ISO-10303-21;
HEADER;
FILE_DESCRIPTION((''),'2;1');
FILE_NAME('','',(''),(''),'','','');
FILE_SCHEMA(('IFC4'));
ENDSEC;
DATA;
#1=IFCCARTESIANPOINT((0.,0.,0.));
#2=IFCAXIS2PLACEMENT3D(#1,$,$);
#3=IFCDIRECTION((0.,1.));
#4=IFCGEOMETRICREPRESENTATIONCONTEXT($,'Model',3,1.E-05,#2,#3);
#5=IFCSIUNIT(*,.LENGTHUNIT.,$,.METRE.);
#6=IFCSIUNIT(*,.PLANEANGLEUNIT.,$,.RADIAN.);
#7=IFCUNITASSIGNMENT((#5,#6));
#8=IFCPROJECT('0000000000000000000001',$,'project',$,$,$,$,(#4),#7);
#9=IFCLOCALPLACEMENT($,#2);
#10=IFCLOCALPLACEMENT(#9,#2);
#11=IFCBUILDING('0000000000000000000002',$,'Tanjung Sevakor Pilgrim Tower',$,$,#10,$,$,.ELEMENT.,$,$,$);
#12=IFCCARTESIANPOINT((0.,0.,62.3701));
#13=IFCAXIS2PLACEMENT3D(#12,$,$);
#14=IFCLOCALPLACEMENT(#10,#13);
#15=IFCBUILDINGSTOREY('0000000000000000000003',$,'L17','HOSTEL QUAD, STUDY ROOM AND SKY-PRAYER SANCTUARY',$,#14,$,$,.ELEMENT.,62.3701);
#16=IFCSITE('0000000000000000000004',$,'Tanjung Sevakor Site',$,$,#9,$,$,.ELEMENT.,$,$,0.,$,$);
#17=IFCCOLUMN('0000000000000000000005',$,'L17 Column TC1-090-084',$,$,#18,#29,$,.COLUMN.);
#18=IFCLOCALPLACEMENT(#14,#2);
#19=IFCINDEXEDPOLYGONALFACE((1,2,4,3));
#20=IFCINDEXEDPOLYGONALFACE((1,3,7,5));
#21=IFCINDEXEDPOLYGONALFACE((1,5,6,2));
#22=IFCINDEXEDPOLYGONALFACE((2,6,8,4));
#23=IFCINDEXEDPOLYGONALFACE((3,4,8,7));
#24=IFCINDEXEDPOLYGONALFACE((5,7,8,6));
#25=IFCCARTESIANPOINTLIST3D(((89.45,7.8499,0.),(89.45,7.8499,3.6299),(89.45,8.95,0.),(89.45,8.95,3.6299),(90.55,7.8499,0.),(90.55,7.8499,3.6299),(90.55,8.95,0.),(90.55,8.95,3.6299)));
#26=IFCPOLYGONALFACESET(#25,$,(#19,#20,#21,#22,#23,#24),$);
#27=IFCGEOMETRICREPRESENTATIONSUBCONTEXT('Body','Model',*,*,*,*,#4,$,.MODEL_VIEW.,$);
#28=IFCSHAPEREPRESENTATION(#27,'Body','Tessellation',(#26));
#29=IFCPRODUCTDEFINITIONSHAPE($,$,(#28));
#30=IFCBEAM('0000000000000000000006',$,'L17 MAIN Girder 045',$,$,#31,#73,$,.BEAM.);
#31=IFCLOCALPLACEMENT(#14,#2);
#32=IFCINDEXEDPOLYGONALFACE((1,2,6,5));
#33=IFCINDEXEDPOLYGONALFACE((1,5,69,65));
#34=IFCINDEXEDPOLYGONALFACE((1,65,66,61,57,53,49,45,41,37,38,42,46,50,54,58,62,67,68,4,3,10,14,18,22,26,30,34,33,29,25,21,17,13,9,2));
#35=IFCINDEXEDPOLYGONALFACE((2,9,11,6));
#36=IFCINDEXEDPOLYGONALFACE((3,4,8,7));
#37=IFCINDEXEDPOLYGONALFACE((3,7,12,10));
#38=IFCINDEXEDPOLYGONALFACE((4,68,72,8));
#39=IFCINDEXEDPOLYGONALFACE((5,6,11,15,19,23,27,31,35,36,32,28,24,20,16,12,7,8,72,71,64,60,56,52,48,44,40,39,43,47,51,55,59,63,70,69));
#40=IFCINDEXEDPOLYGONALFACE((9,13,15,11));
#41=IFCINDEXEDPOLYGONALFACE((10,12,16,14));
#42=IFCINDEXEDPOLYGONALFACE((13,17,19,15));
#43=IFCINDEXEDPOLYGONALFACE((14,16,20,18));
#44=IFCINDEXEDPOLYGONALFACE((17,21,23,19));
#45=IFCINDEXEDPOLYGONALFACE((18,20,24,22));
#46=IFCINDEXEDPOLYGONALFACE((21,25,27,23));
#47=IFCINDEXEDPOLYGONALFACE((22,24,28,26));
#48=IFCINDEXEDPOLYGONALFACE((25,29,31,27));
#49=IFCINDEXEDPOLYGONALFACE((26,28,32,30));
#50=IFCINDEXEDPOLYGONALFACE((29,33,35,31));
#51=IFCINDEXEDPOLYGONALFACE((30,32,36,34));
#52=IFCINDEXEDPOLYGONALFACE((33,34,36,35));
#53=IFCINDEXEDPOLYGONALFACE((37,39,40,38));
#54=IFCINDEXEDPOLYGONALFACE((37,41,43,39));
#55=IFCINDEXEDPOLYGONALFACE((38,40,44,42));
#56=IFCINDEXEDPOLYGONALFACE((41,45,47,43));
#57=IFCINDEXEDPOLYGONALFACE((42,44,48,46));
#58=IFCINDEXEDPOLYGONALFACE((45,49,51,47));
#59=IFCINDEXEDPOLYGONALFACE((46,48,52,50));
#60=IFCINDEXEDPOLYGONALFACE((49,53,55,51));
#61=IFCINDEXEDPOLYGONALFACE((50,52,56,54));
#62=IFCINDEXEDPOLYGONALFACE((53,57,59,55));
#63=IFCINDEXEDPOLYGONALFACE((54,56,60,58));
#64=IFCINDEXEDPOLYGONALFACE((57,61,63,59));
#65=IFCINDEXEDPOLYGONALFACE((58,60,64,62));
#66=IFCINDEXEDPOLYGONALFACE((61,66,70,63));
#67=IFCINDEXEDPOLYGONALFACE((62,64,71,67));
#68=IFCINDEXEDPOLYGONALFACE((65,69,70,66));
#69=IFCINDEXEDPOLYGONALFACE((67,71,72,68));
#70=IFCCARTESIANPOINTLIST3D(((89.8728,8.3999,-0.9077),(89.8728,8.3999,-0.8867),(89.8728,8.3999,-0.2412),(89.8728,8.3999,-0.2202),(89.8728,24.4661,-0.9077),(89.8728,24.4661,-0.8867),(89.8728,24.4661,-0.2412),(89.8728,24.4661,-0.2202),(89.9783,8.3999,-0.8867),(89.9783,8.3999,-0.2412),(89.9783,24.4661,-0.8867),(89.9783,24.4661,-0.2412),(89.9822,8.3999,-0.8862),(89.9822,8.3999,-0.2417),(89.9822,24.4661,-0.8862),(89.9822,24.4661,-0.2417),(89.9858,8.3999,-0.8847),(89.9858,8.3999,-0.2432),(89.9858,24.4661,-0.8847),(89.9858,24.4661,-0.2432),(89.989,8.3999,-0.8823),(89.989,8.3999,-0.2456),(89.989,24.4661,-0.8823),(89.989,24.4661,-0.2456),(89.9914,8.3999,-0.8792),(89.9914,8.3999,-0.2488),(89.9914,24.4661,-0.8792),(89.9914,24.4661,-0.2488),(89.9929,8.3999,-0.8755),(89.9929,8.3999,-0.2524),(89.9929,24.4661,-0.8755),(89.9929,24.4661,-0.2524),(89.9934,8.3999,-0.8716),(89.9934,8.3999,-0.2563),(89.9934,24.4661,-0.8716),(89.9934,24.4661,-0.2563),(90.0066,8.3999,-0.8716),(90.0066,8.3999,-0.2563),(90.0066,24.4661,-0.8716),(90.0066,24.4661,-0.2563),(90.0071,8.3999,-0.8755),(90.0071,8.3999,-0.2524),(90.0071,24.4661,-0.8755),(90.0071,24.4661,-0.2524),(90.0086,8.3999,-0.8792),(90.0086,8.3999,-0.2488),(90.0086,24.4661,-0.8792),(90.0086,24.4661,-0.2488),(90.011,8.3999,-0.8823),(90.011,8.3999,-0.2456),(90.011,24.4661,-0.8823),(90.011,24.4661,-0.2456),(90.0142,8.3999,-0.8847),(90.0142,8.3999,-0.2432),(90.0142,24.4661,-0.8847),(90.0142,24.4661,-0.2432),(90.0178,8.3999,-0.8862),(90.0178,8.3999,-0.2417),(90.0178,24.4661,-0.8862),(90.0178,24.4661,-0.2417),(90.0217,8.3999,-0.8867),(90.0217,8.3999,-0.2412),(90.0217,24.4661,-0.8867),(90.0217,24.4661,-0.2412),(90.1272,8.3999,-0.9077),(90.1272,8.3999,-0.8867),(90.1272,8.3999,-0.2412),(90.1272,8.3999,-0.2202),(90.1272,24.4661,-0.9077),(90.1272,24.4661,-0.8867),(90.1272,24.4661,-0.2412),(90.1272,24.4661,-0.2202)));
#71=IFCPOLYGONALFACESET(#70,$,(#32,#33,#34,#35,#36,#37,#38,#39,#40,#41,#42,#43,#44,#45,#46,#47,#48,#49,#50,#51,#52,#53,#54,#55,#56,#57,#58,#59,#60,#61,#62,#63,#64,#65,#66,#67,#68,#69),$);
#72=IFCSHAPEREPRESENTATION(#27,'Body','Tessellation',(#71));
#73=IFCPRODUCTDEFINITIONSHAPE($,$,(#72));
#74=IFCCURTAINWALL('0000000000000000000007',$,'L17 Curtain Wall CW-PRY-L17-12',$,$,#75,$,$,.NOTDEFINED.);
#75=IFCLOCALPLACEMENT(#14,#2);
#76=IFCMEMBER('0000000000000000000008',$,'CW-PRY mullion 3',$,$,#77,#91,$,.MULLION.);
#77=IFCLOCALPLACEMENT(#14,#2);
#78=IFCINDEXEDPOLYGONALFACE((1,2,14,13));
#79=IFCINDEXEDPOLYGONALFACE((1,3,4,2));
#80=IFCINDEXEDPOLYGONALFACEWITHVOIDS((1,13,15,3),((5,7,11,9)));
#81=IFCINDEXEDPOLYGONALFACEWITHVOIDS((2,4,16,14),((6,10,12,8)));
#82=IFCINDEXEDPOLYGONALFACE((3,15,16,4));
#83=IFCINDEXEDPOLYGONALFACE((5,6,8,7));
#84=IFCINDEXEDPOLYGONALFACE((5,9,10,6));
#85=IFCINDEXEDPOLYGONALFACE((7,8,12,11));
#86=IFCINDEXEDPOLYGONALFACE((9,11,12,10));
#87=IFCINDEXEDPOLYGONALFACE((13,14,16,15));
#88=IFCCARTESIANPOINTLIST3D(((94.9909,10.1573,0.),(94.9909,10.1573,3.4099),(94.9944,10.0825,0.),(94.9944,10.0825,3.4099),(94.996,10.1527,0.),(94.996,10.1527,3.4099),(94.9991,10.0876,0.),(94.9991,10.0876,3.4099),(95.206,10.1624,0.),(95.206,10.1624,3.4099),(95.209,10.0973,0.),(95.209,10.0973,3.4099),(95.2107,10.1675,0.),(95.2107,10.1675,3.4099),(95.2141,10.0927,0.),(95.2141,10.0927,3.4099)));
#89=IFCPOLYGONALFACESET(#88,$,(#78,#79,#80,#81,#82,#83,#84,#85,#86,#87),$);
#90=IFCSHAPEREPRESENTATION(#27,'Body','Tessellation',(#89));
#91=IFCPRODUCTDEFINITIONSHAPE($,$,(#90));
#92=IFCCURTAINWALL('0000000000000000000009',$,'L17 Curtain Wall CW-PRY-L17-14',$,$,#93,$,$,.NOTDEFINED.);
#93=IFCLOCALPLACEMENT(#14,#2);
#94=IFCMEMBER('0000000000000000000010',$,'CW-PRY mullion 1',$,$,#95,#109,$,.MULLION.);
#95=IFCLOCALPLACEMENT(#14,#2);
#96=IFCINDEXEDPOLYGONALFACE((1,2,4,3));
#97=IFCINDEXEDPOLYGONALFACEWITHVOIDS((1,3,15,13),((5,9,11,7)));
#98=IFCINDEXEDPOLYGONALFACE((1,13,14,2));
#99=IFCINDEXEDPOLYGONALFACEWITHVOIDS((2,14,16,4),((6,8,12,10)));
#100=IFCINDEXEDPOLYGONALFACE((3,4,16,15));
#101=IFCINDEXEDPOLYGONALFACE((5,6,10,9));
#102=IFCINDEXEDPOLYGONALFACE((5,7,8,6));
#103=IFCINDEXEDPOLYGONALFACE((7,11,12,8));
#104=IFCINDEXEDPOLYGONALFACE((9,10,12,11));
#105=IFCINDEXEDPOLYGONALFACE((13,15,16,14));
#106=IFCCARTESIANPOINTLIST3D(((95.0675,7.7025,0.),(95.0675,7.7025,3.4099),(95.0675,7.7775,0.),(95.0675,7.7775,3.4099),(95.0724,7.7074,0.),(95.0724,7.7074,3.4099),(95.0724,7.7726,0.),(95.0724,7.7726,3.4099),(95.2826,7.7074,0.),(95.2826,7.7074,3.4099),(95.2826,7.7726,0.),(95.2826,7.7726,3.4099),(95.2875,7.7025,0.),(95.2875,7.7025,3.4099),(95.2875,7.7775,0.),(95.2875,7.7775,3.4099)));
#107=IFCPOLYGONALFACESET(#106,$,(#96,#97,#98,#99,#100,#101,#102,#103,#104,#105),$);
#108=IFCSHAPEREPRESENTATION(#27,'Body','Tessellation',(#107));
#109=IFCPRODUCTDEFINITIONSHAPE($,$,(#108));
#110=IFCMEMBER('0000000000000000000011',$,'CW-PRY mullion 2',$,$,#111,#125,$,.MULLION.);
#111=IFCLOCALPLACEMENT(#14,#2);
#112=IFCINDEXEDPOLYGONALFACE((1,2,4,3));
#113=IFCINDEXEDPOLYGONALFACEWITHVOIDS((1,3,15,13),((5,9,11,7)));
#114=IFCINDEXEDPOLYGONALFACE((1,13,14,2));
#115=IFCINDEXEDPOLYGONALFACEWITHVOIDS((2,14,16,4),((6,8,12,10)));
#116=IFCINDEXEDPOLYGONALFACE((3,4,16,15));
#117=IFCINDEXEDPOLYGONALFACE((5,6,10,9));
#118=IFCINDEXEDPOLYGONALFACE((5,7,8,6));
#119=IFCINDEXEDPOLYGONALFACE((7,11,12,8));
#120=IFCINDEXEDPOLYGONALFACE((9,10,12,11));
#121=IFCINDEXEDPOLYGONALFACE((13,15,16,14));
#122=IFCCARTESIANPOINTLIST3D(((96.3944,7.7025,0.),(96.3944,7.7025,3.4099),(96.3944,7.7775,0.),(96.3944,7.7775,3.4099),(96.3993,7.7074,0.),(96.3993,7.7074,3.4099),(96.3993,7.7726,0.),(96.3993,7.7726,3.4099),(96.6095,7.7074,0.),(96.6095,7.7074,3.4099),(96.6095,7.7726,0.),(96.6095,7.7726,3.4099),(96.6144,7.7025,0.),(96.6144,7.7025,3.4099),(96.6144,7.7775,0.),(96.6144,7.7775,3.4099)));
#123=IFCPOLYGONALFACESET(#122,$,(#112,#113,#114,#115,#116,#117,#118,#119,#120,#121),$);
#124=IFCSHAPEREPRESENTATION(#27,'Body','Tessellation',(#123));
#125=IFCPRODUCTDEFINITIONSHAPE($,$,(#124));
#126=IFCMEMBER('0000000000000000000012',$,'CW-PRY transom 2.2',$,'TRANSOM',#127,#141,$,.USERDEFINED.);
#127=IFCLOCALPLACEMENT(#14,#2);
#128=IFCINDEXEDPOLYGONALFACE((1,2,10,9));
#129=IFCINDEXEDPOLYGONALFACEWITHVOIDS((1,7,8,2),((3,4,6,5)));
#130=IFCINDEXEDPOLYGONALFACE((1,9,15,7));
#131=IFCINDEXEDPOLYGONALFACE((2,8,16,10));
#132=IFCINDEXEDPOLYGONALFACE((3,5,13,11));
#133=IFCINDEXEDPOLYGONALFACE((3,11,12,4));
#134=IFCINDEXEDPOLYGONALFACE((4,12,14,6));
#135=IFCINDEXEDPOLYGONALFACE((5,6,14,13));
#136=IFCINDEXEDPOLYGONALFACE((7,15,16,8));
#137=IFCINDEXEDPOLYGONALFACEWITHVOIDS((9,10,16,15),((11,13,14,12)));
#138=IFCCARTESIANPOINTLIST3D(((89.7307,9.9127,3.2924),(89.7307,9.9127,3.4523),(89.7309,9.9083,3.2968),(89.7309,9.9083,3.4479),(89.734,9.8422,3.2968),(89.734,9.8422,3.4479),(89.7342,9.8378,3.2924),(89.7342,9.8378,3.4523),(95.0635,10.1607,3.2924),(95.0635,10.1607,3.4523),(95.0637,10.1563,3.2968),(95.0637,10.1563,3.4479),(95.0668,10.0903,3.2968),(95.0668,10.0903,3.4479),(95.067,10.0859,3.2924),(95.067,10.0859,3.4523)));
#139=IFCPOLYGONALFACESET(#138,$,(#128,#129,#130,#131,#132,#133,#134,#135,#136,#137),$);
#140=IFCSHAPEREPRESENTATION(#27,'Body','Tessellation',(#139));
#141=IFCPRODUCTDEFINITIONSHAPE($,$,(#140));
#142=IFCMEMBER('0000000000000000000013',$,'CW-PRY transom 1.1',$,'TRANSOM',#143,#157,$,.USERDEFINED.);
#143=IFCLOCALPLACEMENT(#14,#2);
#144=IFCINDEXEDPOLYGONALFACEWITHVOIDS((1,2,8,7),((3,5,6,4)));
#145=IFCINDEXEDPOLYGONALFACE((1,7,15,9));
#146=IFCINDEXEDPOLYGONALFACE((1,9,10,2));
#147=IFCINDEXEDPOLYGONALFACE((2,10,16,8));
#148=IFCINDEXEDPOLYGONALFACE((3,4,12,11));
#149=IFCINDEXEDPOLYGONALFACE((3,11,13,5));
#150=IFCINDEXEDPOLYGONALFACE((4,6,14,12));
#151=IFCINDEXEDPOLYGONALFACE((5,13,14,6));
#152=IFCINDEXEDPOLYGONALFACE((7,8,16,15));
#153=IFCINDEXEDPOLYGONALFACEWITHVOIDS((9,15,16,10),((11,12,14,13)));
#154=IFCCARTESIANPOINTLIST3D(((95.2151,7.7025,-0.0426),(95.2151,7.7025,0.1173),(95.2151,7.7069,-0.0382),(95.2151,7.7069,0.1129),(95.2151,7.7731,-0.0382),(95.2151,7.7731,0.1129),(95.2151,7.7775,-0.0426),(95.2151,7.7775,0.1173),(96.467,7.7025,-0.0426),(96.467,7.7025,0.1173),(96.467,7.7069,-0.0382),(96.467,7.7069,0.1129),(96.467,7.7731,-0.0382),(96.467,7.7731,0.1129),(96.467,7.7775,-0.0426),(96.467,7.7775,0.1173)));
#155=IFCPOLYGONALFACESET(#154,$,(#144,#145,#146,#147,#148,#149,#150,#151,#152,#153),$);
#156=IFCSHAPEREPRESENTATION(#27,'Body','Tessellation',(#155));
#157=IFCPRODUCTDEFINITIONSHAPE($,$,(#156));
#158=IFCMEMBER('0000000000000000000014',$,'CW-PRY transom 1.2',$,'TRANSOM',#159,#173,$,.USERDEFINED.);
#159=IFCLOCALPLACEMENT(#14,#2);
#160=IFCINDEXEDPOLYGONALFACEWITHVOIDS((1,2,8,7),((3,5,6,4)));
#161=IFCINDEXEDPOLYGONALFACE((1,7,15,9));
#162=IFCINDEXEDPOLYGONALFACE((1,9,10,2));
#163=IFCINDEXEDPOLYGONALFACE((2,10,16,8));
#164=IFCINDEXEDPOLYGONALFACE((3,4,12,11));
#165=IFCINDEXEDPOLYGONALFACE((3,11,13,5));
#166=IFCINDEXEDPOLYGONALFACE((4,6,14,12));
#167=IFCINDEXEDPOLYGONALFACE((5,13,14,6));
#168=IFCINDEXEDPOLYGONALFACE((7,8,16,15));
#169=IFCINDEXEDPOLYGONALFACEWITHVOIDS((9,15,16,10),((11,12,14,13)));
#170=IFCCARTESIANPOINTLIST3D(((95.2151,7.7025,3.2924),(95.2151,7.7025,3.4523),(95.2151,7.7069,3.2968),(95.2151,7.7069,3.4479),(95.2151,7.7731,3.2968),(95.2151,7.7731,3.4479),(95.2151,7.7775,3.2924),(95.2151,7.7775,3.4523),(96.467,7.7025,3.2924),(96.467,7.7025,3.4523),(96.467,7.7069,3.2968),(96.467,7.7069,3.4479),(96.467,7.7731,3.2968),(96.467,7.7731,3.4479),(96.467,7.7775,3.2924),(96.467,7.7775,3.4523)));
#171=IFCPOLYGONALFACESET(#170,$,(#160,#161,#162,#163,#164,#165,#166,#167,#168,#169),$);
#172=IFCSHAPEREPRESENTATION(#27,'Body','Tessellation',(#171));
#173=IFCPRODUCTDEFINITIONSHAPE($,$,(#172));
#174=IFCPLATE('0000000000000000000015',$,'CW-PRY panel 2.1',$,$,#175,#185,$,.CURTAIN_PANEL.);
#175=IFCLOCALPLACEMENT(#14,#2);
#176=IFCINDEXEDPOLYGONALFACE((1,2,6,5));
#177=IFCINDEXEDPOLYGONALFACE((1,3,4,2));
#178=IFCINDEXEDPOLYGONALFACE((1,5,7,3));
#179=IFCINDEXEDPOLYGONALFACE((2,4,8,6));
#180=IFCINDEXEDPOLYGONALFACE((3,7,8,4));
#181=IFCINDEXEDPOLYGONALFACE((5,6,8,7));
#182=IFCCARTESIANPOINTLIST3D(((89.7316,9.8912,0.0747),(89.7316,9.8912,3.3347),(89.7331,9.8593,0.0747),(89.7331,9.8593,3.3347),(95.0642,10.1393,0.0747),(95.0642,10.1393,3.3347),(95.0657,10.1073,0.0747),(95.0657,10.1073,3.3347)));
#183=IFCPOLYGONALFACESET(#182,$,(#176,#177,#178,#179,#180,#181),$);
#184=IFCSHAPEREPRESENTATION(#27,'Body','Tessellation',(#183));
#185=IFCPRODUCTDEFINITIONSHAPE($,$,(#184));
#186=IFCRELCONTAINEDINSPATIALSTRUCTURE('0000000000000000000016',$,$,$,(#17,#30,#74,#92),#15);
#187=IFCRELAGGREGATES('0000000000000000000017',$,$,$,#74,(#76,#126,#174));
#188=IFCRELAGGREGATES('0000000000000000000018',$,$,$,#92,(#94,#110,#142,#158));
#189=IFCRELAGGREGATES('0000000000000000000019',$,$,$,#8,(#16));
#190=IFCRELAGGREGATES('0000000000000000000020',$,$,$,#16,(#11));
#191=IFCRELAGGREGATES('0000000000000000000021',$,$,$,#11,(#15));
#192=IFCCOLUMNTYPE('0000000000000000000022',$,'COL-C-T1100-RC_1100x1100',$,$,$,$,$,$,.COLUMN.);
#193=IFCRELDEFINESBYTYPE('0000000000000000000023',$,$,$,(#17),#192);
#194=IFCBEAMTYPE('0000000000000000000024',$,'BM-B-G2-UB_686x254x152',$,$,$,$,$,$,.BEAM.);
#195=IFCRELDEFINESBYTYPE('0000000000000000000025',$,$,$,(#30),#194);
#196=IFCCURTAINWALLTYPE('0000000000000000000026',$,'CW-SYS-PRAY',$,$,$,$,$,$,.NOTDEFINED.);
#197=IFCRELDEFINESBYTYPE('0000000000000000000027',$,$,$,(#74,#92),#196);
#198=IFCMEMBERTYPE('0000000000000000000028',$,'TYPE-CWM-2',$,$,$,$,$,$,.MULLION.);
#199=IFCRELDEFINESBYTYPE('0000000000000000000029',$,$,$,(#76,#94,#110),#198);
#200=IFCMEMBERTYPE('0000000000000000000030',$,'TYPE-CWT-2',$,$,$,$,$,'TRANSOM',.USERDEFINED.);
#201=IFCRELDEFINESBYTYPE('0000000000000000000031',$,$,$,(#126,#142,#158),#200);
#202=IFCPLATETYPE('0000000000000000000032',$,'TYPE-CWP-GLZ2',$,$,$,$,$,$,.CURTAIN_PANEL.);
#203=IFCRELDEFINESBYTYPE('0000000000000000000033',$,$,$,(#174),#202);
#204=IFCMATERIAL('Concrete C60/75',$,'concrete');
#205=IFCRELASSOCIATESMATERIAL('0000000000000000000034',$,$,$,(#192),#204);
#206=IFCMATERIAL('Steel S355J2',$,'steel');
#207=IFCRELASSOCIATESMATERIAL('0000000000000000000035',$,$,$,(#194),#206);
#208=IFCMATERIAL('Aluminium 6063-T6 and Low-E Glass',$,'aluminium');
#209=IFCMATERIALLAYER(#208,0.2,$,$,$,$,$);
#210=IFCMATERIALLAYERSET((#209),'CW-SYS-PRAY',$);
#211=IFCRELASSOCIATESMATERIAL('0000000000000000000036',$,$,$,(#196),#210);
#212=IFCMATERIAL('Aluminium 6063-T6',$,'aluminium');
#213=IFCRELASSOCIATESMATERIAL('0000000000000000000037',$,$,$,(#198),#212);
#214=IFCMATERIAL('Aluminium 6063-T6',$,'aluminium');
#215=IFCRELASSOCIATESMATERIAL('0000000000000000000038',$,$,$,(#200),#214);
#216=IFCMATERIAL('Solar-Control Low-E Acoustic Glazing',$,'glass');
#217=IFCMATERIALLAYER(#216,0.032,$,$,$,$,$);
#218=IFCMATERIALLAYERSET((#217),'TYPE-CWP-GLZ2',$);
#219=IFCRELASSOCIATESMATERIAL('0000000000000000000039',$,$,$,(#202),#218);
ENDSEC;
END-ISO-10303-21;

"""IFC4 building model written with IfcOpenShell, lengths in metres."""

from ifc_helpers import new_model, si_unit, direction, frame, origin, origin_2d, place, context, subcontext, project, spatial, rectangle, hollow_rectangle, i_section, extrude, material, layer, layer_set, material_profile, profile_set, type_object, element, aggregate, save


model = new_model("IFC4")

# Units and contexts
model_context = context("Model", 3, precision=1e-05, world=origin(), true_north=direction((0.0, 1.0)))
body_context = subcontext(model_context, "Body", "Model", "MODEL_VIEW")
ifc_project = project(units=[si_unit("LENGTHUNIT", "METRE"), si_unit("PLANEANGLEUNIT", "RADIAN")], contexts=[model_context])

# Site, building, storey
site_placement = place(None, origin())
site = spatial("IfcSite", under=ifc_project, at=site_placement, Name="Tanjung Sevakor Site", CompositionType="ELEMENT", RefElevation=0.0)
building_placement = place(site_placement, origin())
building = spatial("IfcBuilding", under=site, at=building_placement, Name="Tanjung Sevakor Pilgrim Tower", CompositionType="ELEMENT")
storey_placement = place(building_placement, frame((0.0, 0.0, 62.3701)))
storey = spatial("IfcBuildingStorey", under=building, at=storey_placement, Name="L17", Description="HOSTEL QUAD, STUDY ROOM AND SKY-PRAYER SANCTUARY", CompositionType="ELEMENT", Elevation=62.3701)

# Column
ifc_material_1 = material(Name="Concrete C60/75", Category="concrete")
ifc_material_profile_1 = material_profile(ifc_material_1, rectangle(XDim=1.1001, YDim=1.1001, at=origin_2d()))
ifc_profile_set_1 = profile_set([ifc_material_profile_1], Name="Concrete C60/75")
column_type = type_object("IfcColumnType", Name="COL-C-T1100-RC_1100x1100", PredefinedType="COLUMN", material=ifc_profile_set_1)
column_placement = place(storey_placement, frame((90.0, 8.3999, 0.0), z_axis=(0.0, 0.0, 1.0), x_axis=(1.0, 0.0, 0.0)))
element("IfcColumn", 1, at=column_placement, inside=storey, type_object=column_type, Name="L17 Column TC1-090-084", PredefinedType="COLUMN", context=body_context, shape_type="SweptSolid", body=[
    extrude(rectangle(XDim=1.1001, YDim=1.1001, at=origin_2d()), origin(), (0.0, 0.0, 1.0), 3.6299),
])

# Beam
ifc_material_2 = material(Name="Steel S355J2", Category="steel")
ifc_material_profile_2 = material_profile(ifc_material_2, i_section(OverallWidth=0.2544, OverallDepth=0.6875, WebThickness=0.0132, FlangeThickness=0.021, FilletRadius=0.0151, at=origin_2d()))
ifc_profile_set_2 = profile_set([ifc_material_profile_2], Name="Steel S355J2")
beam_type = type_object("IfcBeamType", Name="BM-B-G2-UB_686x254x152", PredefinedType="BEAM", material=ifc_profile_set_2)
beam_placement = place(storey_placement, frame((90.0, 8.3999, -0.564), z_axis=(0.0, 1.0, 0.0), x_axis=(-1.0, 0.0, 0.0)))
element("IfcBeam", 2, at=beam_placement, inside=storey, type_object=beam_type, Name="L17 MAIN Girder 045", PredefinedType="BEAM", context=body_context, shape_type="SweptSolid", body=[
    extrude(i_section(OverallWidth=0.2544, OverallDepth=0.6875, WebThickness=0.0132, FlangeThickness=0.021, FilletRadius=0.0151, at=origin_2d()), origin(), (0.0, 0.0, 1.0), 16.0662),
])

# Curtain wall, member
ifc_material_3 = material(Name="Aluminium 6063-T6 and Low-E Glass", Category="aluminium")
ifc_layer_1 = layer(ifc_material_3, 0.2)
ifc_layer_set_1 = layer_set([ifc_layer_1], Name="CW-SYS-PRAY")
curtain_wall_type = type_object("IfcCurtainWallType", Name="CW-SYS-PRAY", PredefinedType="NOTDEFINED", material=ifc_layer_set_1)
curtain_wall_1_placement = place(storey_placement, origin())
curtain_wall_1 = element("IfcCurtainWall", 3, at=curtain_wall_1_placement, inside=storey, type_object=curtain_wall_type, Name="L17 Curtain Wall CW-PRY-L17-12", PredefinedType="NOTDEFINED")
ifc_material_4 = material(Name="Aluminium 6063-T6", Category="aluminium")
ifc_material_profile_3 = material_profile(ifc_material_4, hollow_rectangle(XDim=0.075, YDim=0.22, WallThickness=0.0049, at=origin_2d()))
ifc_profile_set_3 = profile_set([ifc_material_profile_3], Name="Aluminium 6063-T6")
member_type_1 = type_object("IfcMemberType", Name="TYPE-CWM-2", PredefinedType="MULLION", material=ifc_profile_set_3)
member_1_placement = place(storey_placement, frame((95.1025, 10.125, 0.0), z_axis=(0.0, 0.0, 1.0), x_axis=(-0.04646, 0.99892, 0.0)))
member_1 = element("IfcMember", 4, at=member_1_placement, type_object=member_type_1, Name="CW-PRY mullion 3", PredefinedType="MULLION", context=body_context, shape_type="SweptSolid", body=[
    extrude(hollow_rectangle(XDim=0.075, YDim=0.22, WallThickness=0.0049, at=origin_2d()), origin(), (0.0, 0.0, 1.0), 3.4099),
])

# Curtain wall, members
curtain_wall_2_placement = place(storey_placement, origin())
curtain_wall_2 = element("IfcCurtainWall", 5, at=curtain_wall_2_placement, inside=storey, type_object=curtain_wall_type, Name="L17 Curtain Wall CW-PRY-L17-14", PredefinedType="NOTDEFINED")
member_2_placement = place(storey_placement, frame((95.1775, 7.74, 0.0), z_axis=(0.0, 0.0, 1.0), x_axis=(0.0, 1.0, 0.0)))
member_2 = element("IfcMember", 6, at=member_2_placement, type_object=member_type_1, Name="CW-PRY mullion 1", PredefinedType="MULLION", context=body_context, shape_type="SweptSolid", body=[
    extrude(hollow_rectangle(XDim=0.075, YDim=0.22, WallThickness=0.0049, at=origin_2d()), origin(), (0.0, 0.0, 1.0), 3.4099),
])
member_3_placement = place(storey_placement, frame((96.5044, 7.74, 0.0), z_axis=(0.0, 0.0, 1.0), x_axis=(0.0, 1.0, 0.0)))
member_3 = element("IfcMember", 7, at=member_3_placement, type_object=member_type_1, Name="CW-PRY mullion 2", PredefinedType="MULLION", context=body_context, shape_type="SweptSolid", body=[
    extrude(hollow_rectangle(XDim=0.075, YDim=0.22, WallThickness=0.0049, at=origin_2d()), origin(), (0.0, 0.0, 1.0), 3.4099),
])

# Members
ifc_material_5 = material(Name="Aluminium 6063-T6", Category="aluminium")
ifc_material_profile_4 = material_profile(ifc_material_5, hollow_rectangle(XDim=0.075, YDim=0.1599, WallThickness=0.0044, at=origin_2d()))
ifc_profile_set_4 = profile_set([ifc_material_profile_4], Name="Aluminium 6063-T6")
member_type_2 = type_object("IfcMemberType", Name="TYPE-CWT-2", ElementType="TRANSOM", PredefinedType="USERDEFINED", material=ifc_profile_set_4)
member_4_placement = place(storey_placement, frame((89.7324, 9.8752, 3.3723), z_axis=(0.99892, 0.046464, 0.0), x_axis=(-0.046464, 0.99892, 0.0)))
member_4 = element("IfcMember", 8, at=member_4_placement, type_object=member_type_2, Name="CW-PRY transom 2.2", ObjectType="TRANSOM", PredefinedType="USERDEFINED", context=body_context, shape_type="SweptSolid", body=[
    extrude(hollow_rectangle(XDim=0.075, YDim=0.1599, WallThickness=0.0044, at=origin_2d()), origin(), (0.0, 0.0, 1.0), 5.3386),
])
member_5_placement = place(storey_placement, frame((95.2151, 7.74, 0.0374), z_axis=(1.0, 0.0, 0.0), x_axis=(0.0, 1.0, 0.0)))
member_5 = element("IfcMember", 9, at=member_5_placement, type_object=member_type_2, Name="CW-PRY transom 1.1", ObjectType="TRANSOM", PredefinedType="USERDEFINED", context=body_context, shape_type="SweptSolid", body=[
    extrude(hollow_rectangle(XDim=0.075, YDim=0.1599, WallThickness=0.0044, at=origin_2d()), origin(), (0.0, 0.0, 1.0), 1.252),
])
member_6_placement = place(storey_placement, frame((95.2151, 7.74, 3.3723), z_axis=(1.0, 0.0, 0.0), x_axis=(0.0, 1.0, 0.0)))
member_6 = element("IfcMember", 10, at=member_6_placement, type_object=member_type_2, Name="CW-PRY transom 1.2", ObjectType="TRANSOM", PredefinedType="USERDEFINED", context=body_context, shape_type="SweptSolid", body=[
    extrude(hollow_rectangle(XDim=0.075, YDim=0.1599, WallThickness=0.0044, at=origin_2d()), origin(), (0.0, 0.0, 1.0), 1.252),
])

# Plate
ifc_material_6 = material(Name="Solar-Control Low-E Acoustic Glazing", Category="glass")
ifc_layer_2 = layer(ifc_material_6, 0.032)
ifc_layer_set_2 = layer_set([ifc_layer_2], Name="TYPE-CWP-GLZ2")
plate_type = type_object("IfcPlateType", Name="TYPE-CWP-GLZ2", PredefinedType="CURTAIN_PANEL", material=ifc_layer_set_2)
plate_1_placement = place(storey_placement, frame((92.3987, 9.9993, 0.0747), z_axis=(0.0, 0.0, 1.0), x_axis=(0.99892, 0.04646, 0.0)))
plate_1 = element("IfcPlate", 11, at=plate_1_placement, type_object=plate_type, Name="CW-PRY panel 2.1", PredefinedType="CURTAIN_PANEL", context=body_context, shape_type="SweptSolid", body=[
    extrude(rectangle(XDim=5.3384, YDim=0.032, at=origin_2d()), origin(), (0.0, 0.0, 1.0), 3.26),
])
aggregate(curtain_wall_1, [member_1, member_4, plate_1])
aggregate(curtain_wall_2, [member_2, member_3, member_5, member_6])

save(model, "model.ifc")
